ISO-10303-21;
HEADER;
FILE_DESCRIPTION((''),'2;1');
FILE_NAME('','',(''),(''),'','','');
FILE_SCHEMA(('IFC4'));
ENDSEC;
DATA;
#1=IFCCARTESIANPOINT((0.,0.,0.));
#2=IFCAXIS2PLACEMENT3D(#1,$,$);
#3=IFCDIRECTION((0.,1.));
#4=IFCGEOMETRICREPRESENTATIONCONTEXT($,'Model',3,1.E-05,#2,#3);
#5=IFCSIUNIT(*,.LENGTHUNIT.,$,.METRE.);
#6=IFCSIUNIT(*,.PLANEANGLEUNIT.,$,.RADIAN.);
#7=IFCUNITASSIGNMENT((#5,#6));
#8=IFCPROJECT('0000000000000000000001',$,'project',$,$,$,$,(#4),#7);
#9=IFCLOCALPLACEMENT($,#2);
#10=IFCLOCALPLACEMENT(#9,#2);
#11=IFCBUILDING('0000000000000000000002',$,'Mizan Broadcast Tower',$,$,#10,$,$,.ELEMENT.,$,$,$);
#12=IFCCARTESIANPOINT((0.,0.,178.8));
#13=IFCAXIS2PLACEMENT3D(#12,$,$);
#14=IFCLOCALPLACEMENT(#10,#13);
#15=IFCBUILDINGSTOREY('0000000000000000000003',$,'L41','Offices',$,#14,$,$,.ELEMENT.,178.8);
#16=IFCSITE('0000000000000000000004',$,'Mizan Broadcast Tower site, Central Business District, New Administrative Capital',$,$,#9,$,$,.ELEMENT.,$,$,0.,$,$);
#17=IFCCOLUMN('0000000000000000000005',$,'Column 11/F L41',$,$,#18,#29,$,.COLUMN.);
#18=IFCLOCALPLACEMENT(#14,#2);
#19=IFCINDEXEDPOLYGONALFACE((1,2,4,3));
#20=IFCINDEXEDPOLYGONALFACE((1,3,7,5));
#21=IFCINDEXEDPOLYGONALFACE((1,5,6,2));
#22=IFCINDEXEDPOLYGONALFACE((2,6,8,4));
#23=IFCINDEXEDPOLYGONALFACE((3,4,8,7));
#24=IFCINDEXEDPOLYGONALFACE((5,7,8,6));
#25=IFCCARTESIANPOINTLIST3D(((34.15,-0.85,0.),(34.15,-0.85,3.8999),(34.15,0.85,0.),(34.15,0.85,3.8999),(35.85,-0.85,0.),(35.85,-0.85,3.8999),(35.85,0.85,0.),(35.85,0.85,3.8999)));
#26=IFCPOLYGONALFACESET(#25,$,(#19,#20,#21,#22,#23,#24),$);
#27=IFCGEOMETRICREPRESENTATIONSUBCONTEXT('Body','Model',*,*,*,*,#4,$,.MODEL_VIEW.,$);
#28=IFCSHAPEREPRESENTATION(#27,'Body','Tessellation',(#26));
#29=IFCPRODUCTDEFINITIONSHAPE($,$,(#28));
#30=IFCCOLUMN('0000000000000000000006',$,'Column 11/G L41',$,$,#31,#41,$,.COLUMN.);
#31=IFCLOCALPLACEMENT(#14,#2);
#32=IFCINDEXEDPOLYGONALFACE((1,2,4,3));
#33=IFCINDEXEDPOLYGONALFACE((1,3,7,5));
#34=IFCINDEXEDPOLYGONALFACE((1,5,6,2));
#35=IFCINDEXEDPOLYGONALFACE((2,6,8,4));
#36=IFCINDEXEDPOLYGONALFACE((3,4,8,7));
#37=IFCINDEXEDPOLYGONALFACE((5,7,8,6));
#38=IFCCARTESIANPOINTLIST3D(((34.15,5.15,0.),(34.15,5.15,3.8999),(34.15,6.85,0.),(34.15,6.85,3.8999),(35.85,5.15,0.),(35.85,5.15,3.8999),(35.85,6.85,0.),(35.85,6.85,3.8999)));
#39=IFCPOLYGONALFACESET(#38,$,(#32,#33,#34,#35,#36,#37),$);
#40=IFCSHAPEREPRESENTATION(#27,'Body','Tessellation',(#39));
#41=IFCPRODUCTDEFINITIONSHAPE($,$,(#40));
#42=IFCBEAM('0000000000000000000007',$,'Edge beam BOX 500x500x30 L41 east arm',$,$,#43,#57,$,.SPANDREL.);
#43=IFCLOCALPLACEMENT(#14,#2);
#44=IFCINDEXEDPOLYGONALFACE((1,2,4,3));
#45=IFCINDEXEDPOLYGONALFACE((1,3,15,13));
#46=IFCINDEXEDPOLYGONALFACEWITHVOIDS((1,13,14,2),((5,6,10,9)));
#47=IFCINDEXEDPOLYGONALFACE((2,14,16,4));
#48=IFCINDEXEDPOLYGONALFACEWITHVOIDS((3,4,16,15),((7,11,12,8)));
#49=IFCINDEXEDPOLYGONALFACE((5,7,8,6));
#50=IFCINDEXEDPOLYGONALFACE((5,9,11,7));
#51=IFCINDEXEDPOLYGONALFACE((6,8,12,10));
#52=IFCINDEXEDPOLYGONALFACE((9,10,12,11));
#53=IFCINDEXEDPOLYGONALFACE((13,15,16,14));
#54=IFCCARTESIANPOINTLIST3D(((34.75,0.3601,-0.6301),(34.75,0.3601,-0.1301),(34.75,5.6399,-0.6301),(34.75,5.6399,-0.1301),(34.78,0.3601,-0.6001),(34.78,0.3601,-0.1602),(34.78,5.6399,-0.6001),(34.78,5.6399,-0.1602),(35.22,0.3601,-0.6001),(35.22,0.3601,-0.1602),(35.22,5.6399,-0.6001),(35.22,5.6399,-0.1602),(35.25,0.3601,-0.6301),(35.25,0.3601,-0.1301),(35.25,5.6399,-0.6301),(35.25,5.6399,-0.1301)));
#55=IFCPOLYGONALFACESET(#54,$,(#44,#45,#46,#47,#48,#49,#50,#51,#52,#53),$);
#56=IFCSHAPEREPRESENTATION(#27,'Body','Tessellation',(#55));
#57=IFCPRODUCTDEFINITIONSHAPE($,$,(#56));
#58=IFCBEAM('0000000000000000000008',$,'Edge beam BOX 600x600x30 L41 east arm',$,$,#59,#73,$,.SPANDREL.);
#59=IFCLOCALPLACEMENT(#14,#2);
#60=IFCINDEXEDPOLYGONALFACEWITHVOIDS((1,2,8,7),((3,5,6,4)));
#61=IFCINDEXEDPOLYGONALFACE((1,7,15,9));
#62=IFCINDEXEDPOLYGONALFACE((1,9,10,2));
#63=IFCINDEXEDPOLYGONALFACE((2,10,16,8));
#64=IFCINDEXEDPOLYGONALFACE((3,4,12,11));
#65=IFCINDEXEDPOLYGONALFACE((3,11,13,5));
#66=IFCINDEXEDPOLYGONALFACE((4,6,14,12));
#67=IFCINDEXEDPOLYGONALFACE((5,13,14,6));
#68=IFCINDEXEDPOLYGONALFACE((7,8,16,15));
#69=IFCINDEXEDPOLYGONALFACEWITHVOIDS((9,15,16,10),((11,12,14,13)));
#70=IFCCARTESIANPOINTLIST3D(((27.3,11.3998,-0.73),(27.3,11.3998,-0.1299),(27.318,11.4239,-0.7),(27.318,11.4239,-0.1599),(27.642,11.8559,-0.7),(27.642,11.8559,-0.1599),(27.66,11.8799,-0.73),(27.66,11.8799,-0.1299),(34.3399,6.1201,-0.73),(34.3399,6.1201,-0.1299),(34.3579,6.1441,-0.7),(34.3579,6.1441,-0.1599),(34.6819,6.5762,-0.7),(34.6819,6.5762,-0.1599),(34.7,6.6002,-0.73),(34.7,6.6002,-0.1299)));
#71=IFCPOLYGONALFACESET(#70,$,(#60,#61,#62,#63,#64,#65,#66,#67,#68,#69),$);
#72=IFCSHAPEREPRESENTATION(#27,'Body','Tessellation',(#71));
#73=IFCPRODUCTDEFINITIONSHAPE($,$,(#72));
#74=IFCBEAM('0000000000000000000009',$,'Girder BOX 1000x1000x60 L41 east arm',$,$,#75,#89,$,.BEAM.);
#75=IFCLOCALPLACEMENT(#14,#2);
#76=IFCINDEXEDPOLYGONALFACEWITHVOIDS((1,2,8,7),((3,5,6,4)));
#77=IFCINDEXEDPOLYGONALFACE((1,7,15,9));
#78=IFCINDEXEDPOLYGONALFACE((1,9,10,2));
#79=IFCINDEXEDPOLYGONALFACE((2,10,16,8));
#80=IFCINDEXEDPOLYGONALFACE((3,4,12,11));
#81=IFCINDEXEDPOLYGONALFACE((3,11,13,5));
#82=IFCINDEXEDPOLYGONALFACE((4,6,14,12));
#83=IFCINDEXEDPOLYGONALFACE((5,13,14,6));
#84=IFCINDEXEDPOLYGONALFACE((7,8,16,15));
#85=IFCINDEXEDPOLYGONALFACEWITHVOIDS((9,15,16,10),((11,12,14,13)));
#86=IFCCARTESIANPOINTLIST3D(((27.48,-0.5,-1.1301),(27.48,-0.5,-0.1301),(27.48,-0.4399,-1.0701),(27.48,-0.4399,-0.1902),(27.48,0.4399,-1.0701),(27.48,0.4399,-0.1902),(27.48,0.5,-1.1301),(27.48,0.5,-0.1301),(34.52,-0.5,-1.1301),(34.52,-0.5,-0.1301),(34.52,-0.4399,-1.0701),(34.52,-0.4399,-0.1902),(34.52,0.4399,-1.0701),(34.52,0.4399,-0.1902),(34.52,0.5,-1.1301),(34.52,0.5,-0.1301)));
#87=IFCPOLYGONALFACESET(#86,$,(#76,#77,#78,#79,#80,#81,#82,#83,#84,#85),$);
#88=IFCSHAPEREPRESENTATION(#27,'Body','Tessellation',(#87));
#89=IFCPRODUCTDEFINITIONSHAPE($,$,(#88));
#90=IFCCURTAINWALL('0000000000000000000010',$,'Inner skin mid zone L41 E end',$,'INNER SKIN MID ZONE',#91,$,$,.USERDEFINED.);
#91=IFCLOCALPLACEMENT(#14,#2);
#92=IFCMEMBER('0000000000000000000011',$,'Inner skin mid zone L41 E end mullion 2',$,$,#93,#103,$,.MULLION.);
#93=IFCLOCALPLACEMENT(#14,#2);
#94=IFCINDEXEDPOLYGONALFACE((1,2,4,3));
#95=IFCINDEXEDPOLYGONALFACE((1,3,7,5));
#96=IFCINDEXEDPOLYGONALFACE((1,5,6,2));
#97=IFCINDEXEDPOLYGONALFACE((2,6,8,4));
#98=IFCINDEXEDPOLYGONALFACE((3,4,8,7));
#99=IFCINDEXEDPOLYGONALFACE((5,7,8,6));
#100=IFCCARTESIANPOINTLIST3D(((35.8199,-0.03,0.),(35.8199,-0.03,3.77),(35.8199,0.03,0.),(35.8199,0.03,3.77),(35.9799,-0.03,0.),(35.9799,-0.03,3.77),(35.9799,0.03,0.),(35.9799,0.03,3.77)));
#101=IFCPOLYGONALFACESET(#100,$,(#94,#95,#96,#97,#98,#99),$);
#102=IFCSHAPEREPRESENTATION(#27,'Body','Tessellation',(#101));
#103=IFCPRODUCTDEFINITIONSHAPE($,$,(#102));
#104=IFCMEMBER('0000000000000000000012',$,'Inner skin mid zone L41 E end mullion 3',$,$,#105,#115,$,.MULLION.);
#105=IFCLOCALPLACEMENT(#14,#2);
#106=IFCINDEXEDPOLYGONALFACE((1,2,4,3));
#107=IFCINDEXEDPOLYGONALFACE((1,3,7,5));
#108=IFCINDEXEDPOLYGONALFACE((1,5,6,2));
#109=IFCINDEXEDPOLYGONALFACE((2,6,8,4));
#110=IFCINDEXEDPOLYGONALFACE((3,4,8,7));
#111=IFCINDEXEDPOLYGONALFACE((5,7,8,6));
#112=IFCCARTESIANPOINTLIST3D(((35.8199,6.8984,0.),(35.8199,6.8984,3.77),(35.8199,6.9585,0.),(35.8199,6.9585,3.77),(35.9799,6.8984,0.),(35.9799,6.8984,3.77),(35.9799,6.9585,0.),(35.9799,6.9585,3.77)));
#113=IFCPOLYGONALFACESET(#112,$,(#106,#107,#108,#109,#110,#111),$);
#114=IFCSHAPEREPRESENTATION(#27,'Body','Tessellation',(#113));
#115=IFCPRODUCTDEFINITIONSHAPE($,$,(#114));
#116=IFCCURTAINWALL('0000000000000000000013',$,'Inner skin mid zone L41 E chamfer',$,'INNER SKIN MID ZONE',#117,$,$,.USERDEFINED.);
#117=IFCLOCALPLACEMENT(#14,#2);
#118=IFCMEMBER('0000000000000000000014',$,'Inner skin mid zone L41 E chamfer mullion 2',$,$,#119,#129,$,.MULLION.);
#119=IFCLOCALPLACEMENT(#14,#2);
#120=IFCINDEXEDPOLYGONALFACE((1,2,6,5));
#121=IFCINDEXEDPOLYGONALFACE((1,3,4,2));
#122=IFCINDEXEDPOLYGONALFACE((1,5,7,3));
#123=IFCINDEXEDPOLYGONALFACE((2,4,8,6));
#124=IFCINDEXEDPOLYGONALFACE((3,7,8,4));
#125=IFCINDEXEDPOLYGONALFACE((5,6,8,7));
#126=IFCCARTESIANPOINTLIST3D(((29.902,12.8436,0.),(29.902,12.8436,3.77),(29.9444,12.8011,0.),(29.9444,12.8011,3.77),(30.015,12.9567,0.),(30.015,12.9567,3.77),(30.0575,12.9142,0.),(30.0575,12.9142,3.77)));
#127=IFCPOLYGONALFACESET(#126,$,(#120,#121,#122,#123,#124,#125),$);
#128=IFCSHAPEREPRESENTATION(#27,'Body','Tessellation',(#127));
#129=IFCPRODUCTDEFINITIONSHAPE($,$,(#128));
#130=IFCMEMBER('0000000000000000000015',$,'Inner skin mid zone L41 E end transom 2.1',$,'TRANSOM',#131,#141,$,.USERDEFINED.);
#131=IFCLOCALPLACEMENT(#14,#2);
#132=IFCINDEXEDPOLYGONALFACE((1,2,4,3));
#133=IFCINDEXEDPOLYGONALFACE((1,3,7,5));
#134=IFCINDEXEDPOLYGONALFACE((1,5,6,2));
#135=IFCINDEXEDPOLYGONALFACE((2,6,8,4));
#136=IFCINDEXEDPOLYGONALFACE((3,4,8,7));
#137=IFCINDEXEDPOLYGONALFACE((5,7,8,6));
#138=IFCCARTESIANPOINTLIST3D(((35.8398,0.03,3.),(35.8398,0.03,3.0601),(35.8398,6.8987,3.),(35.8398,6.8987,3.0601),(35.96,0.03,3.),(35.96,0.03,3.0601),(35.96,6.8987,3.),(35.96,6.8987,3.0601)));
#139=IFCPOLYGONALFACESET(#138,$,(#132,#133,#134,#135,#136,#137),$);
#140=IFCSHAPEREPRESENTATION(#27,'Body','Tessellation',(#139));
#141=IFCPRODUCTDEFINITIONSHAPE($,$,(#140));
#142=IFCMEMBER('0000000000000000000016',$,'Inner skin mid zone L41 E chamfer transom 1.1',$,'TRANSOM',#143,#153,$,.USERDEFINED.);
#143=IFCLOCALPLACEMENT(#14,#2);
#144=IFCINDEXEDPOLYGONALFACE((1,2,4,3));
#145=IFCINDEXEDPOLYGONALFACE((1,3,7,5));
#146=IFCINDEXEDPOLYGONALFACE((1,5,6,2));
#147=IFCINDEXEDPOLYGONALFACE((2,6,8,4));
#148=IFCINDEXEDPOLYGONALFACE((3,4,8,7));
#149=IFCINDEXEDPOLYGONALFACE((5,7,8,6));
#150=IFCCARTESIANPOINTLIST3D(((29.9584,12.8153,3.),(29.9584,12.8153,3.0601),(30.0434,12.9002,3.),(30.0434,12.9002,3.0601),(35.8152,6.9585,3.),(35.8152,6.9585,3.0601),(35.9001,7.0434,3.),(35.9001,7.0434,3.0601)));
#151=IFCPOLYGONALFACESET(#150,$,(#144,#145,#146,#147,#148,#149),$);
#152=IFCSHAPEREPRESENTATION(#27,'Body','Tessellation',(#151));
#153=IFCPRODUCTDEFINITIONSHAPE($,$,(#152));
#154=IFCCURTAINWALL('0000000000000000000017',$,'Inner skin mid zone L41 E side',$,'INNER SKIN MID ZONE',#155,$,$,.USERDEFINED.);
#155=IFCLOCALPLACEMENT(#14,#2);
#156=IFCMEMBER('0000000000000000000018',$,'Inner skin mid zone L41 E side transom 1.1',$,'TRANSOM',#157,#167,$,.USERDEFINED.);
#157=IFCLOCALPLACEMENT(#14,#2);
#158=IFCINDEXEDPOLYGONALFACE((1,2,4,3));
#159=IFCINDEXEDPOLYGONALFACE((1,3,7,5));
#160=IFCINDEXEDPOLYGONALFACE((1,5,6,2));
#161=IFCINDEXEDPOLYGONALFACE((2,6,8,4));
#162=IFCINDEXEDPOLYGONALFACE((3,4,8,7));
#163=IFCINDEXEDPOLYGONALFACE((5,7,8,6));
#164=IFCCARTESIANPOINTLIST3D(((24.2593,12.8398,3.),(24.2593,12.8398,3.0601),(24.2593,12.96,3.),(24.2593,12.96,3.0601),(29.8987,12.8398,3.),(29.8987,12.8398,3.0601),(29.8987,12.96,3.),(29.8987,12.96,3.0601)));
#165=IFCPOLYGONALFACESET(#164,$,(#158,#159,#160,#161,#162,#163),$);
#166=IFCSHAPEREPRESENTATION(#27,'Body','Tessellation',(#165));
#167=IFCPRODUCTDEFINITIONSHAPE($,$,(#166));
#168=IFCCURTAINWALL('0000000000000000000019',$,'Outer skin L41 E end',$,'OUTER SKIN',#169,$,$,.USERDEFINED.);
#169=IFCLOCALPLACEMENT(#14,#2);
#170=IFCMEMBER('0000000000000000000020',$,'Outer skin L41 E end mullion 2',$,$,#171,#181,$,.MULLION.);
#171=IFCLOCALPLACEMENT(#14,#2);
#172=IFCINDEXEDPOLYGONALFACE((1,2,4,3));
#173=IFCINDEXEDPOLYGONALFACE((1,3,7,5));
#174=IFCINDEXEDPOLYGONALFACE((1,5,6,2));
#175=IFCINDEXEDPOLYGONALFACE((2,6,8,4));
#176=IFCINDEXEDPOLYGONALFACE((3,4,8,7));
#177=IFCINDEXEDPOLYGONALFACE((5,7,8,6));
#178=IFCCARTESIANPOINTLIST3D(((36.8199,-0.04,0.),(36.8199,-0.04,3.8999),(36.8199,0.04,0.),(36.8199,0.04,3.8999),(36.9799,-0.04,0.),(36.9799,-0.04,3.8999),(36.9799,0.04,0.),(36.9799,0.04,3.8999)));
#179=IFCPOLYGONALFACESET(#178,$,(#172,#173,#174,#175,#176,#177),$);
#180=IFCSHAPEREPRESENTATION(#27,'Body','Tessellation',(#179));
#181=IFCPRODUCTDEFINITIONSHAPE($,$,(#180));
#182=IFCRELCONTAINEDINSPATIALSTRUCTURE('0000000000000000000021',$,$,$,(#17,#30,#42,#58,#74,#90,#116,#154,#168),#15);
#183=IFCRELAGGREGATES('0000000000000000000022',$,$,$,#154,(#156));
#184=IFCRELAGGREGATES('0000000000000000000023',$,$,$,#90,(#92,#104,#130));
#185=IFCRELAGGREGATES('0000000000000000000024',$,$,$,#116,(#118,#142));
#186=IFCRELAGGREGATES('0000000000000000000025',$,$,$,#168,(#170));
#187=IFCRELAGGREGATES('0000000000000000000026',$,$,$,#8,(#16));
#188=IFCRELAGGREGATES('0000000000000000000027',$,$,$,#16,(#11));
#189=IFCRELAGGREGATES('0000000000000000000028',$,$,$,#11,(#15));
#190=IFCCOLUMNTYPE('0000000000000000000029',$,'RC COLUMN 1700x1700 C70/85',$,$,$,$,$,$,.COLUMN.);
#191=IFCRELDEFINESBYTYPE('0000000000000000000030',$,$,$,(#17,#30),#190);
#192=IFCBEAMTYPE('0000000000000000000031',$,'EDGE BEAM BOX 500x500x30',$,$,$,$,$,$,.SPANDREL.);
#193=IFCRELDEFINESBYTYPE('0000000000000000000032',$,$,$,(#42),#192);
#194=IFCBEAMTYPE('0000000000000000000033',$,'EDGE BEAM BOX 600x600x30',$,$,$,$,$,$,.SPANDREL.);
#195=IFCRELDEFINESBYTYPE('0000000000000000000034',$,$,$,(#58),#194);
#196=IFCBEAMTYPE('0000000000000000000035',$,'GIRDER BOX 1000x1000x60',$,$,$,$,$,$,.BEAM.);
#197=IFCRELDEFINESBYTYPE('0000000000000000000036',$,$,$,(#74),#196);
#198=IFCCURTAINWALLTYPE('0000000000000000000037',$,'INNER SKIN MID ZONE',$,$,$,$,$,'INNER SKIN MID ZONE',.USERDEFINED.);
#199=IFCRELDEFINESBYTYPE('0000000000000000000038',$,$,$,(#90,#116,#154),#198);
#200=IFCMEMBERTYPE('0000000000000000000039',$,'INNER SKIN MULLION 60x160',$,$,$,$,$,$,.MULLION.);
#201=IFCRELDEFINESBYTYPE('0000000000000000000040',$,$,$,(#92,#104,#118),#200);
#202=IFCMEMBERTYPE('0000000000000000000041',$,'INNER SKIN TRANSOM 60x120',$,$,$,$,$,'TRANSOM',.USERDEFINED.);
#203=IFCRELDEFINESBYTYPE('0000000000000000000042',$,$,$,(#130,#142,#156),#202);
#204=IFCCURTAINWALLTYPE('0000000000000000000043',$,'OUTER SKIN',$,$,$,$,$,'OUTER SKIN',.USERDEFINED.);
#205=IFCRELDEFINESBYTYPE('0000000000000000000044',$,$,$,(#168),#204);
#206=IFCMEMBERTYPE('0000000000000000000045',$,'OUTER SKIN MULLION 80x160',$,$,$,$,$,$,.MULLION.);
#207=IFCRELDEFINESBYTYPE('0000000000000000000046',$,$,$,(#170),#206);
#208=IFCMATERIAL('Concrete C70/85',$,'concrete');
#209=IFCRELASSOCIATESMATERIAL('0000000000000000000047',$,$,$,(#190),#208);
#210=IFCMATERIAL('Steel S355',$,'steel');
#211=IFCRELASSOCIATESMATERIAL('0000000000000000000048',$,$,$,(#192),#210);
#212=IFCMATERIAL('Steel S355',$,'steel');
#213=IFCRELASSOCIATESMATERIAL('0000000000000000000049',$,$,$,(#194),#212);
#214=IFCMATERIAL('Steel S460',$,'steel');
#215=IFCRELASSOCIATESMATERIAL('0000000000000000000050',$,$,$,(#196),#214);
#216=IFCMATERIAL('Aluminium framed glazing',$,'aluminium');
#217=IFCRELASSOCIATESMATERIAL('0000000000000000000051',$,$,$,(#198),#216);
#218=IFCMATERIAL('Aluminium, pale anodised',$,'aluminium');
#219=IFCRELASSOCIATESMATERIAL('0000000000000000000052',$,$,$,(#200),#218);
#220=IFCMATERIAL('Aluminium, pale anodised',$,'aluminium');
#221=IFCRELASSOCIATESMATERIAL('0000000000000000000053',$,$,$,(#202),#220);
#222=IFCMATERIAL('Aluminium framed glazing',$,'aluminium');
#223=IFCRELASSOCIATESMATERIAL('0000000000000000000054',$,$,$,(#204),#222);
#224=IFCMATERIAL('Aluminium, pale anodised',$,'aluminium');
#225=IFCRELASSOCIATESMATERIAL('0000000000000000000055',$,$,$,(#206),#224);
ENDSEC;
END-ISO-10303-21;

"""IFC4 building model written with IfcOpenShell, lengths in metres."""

from ifc_helpers import new_model, si_unit, direction, frame, origin, origin_2d, place, context, subcontext, project, spatial, rectangle, hollow_rectangle, extrude, material, material_profile, profile_set, type_object, element, aggregate, save


model = new_model("IFC4")

# Units and contexts
model_context = context("Model", 3, precision=1e-05, world=origin(), true_north=direction((0.0, 1.0)))
body_context = subcontext(model_context, "Body", "Model", "MODEL_VIEW")
ifc_project = project(units=[si_unit("LENGTHUNIT", "METRE"), si_unit("PLANEANGLEUNIT", "RADIAN")], contexts=[model_context])

# Site, building, storey
site_placement = place(None, origin())
site = spatial("IfcSite", under=ifc_project, at=site_placement, Name="Mizan Broadcast Tower site, Central Business District, New Administrative Capital", CompositionType="ELEMENT", RefElevation=0.0)
building_placement = place(site_placement, origin())
building = spatial("IfcBuilding", under=site, at=building_placement, Name="Mizan Broadcast Tower", CompositionType="ELEMENT")
storey_placement = place(building_placement, frame((0.0, 0.0, 178.8)))
storey = spatial("IfcBuildingStorey", under=building, at=storey_placement, Name="L41", Description="Offices", CompositionType="ELEMENT", Elevation=178.8)

# Columns
ifc_material_1 = material(Name="Concrete C70/85", Category="concrete")
ifc_material_profile_1 = material_profile(ifc_material_1, rectangle(XDim=1.7, YDim=1.7, at=origin_2d()), Name="RC 1700x1700")
ifc_profile_set_1 = profile_set([ifc_material_profile_1], Name="Concrete C70/85")
column_type = type_object("IfcColumnType", Name="RC COLUMN 1700x1700 C70/85", PredefinedType="COLUMN", material=ifc_profile_set_1)
for number, where, z_axis, x_axis, name in (
    (1, (35.0, 0.0, 0.0), (0.0, 0.0, 1.0), (1.0, 0.0, 0.0), "Column 11/F L41"),
    (2, (35.0, 6.0, 0.0), (0.0, 0.0, 1.0), (1.0, 0.0, 0.0), "Column 11/G L41"),
):
    element("IfcColumn", number, at=place(storey_placement, frame(where, z_axis=z_axis, x_axis=x_axis)), inside=storey, type_object=column_type, Name=name, PredefinedType="COLUMN", context=body_context, shape_type="SweptSolid", body=[
        extrude(rectangle(XDim=1.7, YDim=1.7, at=origin_2d()), origin(), (0.0, 0.0, 1.0), 3.8999),
    ])

# Beams
ifc_material_2 = material(Name="Steel S355", Category="steel")
ifc_material_profile_2 = material_profile(ifc_material_2, hollow_rectangle(XDim=0.5, YDim=0.5, WallThickness=0.03, at=origin_2d()), Name="BOX 500x500x30")
ifc_profile_set_2 = profile_set([ifc_material_profile_2], Name="Steel S355")
beam_type_1 = type_object("IfcBeamType", Name="EDGE BEAM BOX 500x500x30", PredefinedType="SPANDREL", material=ifc_profile_set_2)
beam_1_placement = place(storey_placement, frame((35.0, 5.6399, -0.3801), z_axis=(0.0, -1.0, 0.0), x_axis=(1.0, 0.0, 0.0)))
element("IfcBeam", 3, at=beam_1_placement, inside=storey, type_object=beam_type_1, Name="Edge beam BOX 500x500x30 L41 east arm", PredefinedType="SPANDREL", context=body_context, shape_type="SweptSolid", body=[
    extrude(hollow_rectangle(XDim=0.5, YDim=0.5, WallThickness=0.03, at=origin_2d()), origin(), (0.0, 0.0, 1.0), 5.2798),
])
ifc_material_3 = material(Name="Steel S355", Category="steel")
ifc_material_profile_3 = material_profile(ifc_material_3, hollow_rectangle(XDim=0.6001, YDim=0.6001, WallThickness=0.03, at=origin_2d()), Name="BOX 600x600x30")
ifc_profile_set_3 = profile_set([ifc_material_profile_3], Name="Steel S355")
beam_type_2 = type_object("IfcBeamType", Name="EDGE BEAM BOX 600x600x30", PredefinedType="SPANDREL", material=ifc_profile_set_3)
beam_2_placement = place(storey_placement, frame((27.48, 11.6399, -0.4299), z_axis=(0.800013, -0.599982, 0.0), x_axis=(0.599982, 0.800013, 0.0)))
element("IfcBeam", 4, at=beam_2_placement, inside=storey, type_object=beam_type_2, Name="Edge beam BOX 600x600x30 L41 east arm", PredefinedType="SPANDREL", context=body_context, shape_type="SweptSolid", body=[
    extrude(hollow_rectangle(XDim=0.6001, YDim=0.6001, WallThickness=0.03, at=origin_2d()), origin(), (0.0, 0.0, 1.0), 8.7998),
])
ifc_material_4 = material(Name="Steel S460", Category="steel")
ifc_material_profile_4 = material_profile(ifc_material_4, hollow_rectangle(XDim=1.0, YDim=1.0, WallThickness=0.0601, at=origin_2d()), Name="BOX 1000x1000x60")
ifc_profile_set_4 = profile_set([ifc_material_profile_4], Name="Steel S460")
beam_type_3 = type_object("IfcBeamType", Name="GIRDER BOX 1000x1000x60", PredefinedType="BEAM", material=ifc_profile_set_4)
beam_3_placement = place(storey_placement, frame((27.48, 0.0, -0.6301), z_axis=(1.0, 0.0, 0.0), x_axis=(0.0, 1.0, 0.0)))
element("IfcBeam", 5, at=beam_3_placement, inside=storey, type_object=beam_type_3, Name="Girder BOX 1000x1000x60 L41 east arm", PredefinedType="BEAM", context=body_context, shape_type="SweptSolid", body=[
    extrude(hollow_rectangle(XDim=1.0, YDim=1.0, WallThickness=0.0601, at=origin_2d()), origin(), (0.0, 0.0, 1.0), 7.04),
])

# Curtain wall, members
ifc_material_5 = material(Name="Aluminium framed glazing", Category="aluminium")
curtain_wall_type_1 = type_object("IfcCurtainWallType", Name="INNER SKIN MID ZONE", ElementType="INNER SKIN MID ZONE", PredefinedType="USERDEFINED", material=ifc_material_5)
curtain_wall_1_placement = place(storey_placement, origin())
curtain_wall_1 = element("IfcCurtainWall", 6, at=curtain_wall_1_placement, inside=storey, type_object=curtain_wall_type_1, Name="Inner skin mid zone L41 E end", ObjectType="INNER SKIN MID ZONE", PredefinedType="USERDEFINED")
ifc_material_6 = material(Name="Aluminium, pale anodised", Category="aluminium")
ifc_material_profile_5 = material_profile(ifc_material_6, rectangle(XDim=0.1599, YDim=0.0601, at=origin_2d()), Name="MULLION 160x60")
ifc_profile_set_5 = profile_set([ifc_material_profile_5], Name="Aluminium, pale anodised")
member_type_1 = type_object("IfcMemberType", Name="INNER SKIN MULLION 60x160", PredefinedType="MULLION", material=ifc_profile_set_5)
member_1_placement = place(storey_placement, frame((35.8999, 0.0, 0.0), z_axis=(0.0, 0.0, 1.0), x_axis=(-1.0, 0.0, 0.0)))
member_1 = element("IfcMember", 7, at=member_1_placement, type_object=member_type_1, Name="Inner skin mid zone L41 E end mullion 2", PredefinedType="MULLION", context=body_context, shape_type="SweptSolid", body=[
    extrude(rectangle(XDim=0.1599, YDim=0.0601, at=origin_2d()), origin(), (0.0, 0.0, 1.0), 3.77),
])
member_2_placement = place(storey_placement, frame((35.8999, 6.9285, 0.0), z_axis=(0.0, 0.0, 1.0), x_axis=(-1.0, 0.0, 0.0)))
member_2 = element("IfcMember", 8, at=member_2_placement, type_object=member_type_1, Name="Inner skin mid zone L41 E end mullion 3", PredefinedType="MULLION", context=body_context, shape_type="SweptSolid", body=[
    extrude(rectangle(XDim=0.1599, YDim=0.0601, at=origin_2d()), origin(), (0.0, 0.0, 1.0), 3.77),
])

# Curtain wall, member
curtain_wall_2_placement = place(storey_placement, origin())
curtain_wall_2 = element("IfcCurtainWall", 9, at=curtain_wall_2_placement, inside=storey, type_object=curtain_wall_type_1, Name="Inner skin mid zone L41 E chamfer", ObjectType="INNER SKIN MID ZONE", PredefinedType="USERDEFINED")
member_3_placement = place(storey_placement, frame((29.9797, 12.8789, 0.0), z_axis=(0.0, 0.0, 1.0), x_axis=(-0.707107, -0.707107, 0.0)))
member_3 = element("IfcMember", 10, at=member_3_placement, type_object=member_type_1, Name="Inner skin mid zone L41 E chamfer mullion 2", PredefinedType="MULLION", context=body_context, shape_type="SweptSolid", body=[
    extrude(rectangle(XDim=0.1599, YDim=0.0601, at=origin_2d()), origin(), (0.0, 0.0, 1.0), 3.77),
])

# Members
ifc_material_7 = material(Name="Aluminium, pale anodised", Category="aluminium")
ifc_material_profile_6 = material_profile(ifc_material_7, rectangle(XDim=0.1201, YDim=0.0601, at=origin_2d()), Name="TRANSOM 120x60")
ifc_profile_set_6 = profile_set([ifc_material_profile_6], Name="Aluminium, pale anodised")
member_type_2 = type_object("IfcMemberType", Name="INNER SKIN TRANSOM 60x120", ElementType="TRANSOM", PredefinedType="USERDEFINED", material=ifc_profile_set_6)
member_4_placement = place(storey_placement, frame((35.8999, 0.03, 3.03), z_axis=(0.0, 1.0, 0.0), x_axis=(-1.0, 0.0, 0.0)))
member_4 = element("IfcMember", 11, at=member_4_placement, type_object=member_type_2, Name="Inner skin mid zone L41 E end transom 2.1", ObjectType="TRANSOM", PredefinedType="USERDEFINED", context=body_context, shape_type="SweptSolid", body=[
    extrude(rectangle(XDim=0.1201, YDim=0.0601, at=origin_2d()), origin(), (0.0, 0.0, 1.0), 6.8687),
])
member_5_placement = place(storey_placement, frame((35.8577, 7.001, 3.03), z_axis=(-0.707107, 0.707107, 0.0), x_axis=(-0.707107, -0.707107, 0.0)))
member_5 = element("IfcMember", 12, at=member_5_placement, type_object=member_type_2, Name="Inner skin mid zone L41 E chamfer transom 1.1", ObjectType="TRANSOM", PredefinedType="USERDEFINED", context=body_context, shape_type="SweptSolid", body=[
    extrude(rectangle(XDim=0.1201, YDim=0.0601, at=origin_2d()), origin(), (0.0, 0.0, 1.0), 8.2827),
])

# Curtain wall, member
curtain_wall_3_placement = place(storey_placement, origin())
curtain_wall_3 = element("IfcCurtainWall", 13, at=curtain_wall_3_placement, inside=storey, type_object=curtain_wall_type_1, Name="Inner skin mid zone L41 E side", ObjectType="INNER SKIN MID ZONE", PredefinedType="USERDEFINED")
member_6_placement = place(storey_placement, frame((29.8987, 12.8999, 3.03), z_axis=(-1.0, 0.0, 0.0), x_axis=(0.0, -1.0, 0.0)))
member_6 = element("IfcMember", 14, at=member_6_placement, type_object=member_type_2, Name="Inner skin mid zone L41 E side transom 1.1", ObjectType="TRANSOM", PredefinedType="USERDEFINED", context=body_context, shape_type="SweptSolid", body=[
    extrude(rectangle(XDim=0.1201, YDim=0.0601, at=origin_2d()), origin(), (0.0, 0.0, 1.0), 5.6394),
])
aggregate(curtain_wall_3, [member_6])

# Curtain wall, member
ifc_material_8 = material(Name="Aluminium framed glazing", Category="aluminium")
curtain_wall_type_2 = type_object("IfcCurtainWallType", Name="OUTER SKIN", ElementType="OUTER SKIN", PredefinedType="USERDEFINED", material=ifc_material_8)
curtain_wall_4_placement = place(storey_placement, origin())
curtain_wall_4 = element("IfcCurtainWall", 15, at=curtain_wall_4_placement, inside=storey, type_object=curtain_wall_type_2, Name="Outer skin L41 E end", ObjectType="OUTER SKIN", PredefinedType="USERDEFINED")
ifc_material_9 = material(Name="Aluminium, pale anodised", Category="aluminium")
ifc_material_profile_7 = material_profile(ifc_material_9, rectangle(XDim=0.1599, YDim=0.0801, at=origin_2d()), Name="MULLION 160x80")
ifc_profile_set_7 = profile_set([ifc_material_profile_7], Name="Aluminium, pale anodised")
member_type_3 = type_object("IfcMemberType", Name="OUTER SKIN MULLION 80x160", PredefinedType="MULLION", material=ifc_profile_set_7)
member_7_placement = place(storey_placement, frame((36.8999, 0.0, 0.0), z_axis=(0.0, 0.0, 1.0), x_axis=(-1.0, 0.0, 0.0)))
member_7 = element("IfcMember", 16, at=member_7_placement, type_object=member_type_3, Name="Outer skin L41 E end mullion 2", PredefinedType="MULLION", context=body_context, shape_type="SweptSolid", body=[
    extrude(rectangle(XDim=0.1599, YDim=0.0801, at=origin_2d()), origin(), (0.0, 0.0, 1.0), 3.8999),
])

aggregate(curtain_wall_1, [member_1, member_2, member_4])
aggregate(curtain_wall_2, [member_3, member_5])
aggregate(curtain_wall_4, [member_7])

save(model, "model.ifc")
